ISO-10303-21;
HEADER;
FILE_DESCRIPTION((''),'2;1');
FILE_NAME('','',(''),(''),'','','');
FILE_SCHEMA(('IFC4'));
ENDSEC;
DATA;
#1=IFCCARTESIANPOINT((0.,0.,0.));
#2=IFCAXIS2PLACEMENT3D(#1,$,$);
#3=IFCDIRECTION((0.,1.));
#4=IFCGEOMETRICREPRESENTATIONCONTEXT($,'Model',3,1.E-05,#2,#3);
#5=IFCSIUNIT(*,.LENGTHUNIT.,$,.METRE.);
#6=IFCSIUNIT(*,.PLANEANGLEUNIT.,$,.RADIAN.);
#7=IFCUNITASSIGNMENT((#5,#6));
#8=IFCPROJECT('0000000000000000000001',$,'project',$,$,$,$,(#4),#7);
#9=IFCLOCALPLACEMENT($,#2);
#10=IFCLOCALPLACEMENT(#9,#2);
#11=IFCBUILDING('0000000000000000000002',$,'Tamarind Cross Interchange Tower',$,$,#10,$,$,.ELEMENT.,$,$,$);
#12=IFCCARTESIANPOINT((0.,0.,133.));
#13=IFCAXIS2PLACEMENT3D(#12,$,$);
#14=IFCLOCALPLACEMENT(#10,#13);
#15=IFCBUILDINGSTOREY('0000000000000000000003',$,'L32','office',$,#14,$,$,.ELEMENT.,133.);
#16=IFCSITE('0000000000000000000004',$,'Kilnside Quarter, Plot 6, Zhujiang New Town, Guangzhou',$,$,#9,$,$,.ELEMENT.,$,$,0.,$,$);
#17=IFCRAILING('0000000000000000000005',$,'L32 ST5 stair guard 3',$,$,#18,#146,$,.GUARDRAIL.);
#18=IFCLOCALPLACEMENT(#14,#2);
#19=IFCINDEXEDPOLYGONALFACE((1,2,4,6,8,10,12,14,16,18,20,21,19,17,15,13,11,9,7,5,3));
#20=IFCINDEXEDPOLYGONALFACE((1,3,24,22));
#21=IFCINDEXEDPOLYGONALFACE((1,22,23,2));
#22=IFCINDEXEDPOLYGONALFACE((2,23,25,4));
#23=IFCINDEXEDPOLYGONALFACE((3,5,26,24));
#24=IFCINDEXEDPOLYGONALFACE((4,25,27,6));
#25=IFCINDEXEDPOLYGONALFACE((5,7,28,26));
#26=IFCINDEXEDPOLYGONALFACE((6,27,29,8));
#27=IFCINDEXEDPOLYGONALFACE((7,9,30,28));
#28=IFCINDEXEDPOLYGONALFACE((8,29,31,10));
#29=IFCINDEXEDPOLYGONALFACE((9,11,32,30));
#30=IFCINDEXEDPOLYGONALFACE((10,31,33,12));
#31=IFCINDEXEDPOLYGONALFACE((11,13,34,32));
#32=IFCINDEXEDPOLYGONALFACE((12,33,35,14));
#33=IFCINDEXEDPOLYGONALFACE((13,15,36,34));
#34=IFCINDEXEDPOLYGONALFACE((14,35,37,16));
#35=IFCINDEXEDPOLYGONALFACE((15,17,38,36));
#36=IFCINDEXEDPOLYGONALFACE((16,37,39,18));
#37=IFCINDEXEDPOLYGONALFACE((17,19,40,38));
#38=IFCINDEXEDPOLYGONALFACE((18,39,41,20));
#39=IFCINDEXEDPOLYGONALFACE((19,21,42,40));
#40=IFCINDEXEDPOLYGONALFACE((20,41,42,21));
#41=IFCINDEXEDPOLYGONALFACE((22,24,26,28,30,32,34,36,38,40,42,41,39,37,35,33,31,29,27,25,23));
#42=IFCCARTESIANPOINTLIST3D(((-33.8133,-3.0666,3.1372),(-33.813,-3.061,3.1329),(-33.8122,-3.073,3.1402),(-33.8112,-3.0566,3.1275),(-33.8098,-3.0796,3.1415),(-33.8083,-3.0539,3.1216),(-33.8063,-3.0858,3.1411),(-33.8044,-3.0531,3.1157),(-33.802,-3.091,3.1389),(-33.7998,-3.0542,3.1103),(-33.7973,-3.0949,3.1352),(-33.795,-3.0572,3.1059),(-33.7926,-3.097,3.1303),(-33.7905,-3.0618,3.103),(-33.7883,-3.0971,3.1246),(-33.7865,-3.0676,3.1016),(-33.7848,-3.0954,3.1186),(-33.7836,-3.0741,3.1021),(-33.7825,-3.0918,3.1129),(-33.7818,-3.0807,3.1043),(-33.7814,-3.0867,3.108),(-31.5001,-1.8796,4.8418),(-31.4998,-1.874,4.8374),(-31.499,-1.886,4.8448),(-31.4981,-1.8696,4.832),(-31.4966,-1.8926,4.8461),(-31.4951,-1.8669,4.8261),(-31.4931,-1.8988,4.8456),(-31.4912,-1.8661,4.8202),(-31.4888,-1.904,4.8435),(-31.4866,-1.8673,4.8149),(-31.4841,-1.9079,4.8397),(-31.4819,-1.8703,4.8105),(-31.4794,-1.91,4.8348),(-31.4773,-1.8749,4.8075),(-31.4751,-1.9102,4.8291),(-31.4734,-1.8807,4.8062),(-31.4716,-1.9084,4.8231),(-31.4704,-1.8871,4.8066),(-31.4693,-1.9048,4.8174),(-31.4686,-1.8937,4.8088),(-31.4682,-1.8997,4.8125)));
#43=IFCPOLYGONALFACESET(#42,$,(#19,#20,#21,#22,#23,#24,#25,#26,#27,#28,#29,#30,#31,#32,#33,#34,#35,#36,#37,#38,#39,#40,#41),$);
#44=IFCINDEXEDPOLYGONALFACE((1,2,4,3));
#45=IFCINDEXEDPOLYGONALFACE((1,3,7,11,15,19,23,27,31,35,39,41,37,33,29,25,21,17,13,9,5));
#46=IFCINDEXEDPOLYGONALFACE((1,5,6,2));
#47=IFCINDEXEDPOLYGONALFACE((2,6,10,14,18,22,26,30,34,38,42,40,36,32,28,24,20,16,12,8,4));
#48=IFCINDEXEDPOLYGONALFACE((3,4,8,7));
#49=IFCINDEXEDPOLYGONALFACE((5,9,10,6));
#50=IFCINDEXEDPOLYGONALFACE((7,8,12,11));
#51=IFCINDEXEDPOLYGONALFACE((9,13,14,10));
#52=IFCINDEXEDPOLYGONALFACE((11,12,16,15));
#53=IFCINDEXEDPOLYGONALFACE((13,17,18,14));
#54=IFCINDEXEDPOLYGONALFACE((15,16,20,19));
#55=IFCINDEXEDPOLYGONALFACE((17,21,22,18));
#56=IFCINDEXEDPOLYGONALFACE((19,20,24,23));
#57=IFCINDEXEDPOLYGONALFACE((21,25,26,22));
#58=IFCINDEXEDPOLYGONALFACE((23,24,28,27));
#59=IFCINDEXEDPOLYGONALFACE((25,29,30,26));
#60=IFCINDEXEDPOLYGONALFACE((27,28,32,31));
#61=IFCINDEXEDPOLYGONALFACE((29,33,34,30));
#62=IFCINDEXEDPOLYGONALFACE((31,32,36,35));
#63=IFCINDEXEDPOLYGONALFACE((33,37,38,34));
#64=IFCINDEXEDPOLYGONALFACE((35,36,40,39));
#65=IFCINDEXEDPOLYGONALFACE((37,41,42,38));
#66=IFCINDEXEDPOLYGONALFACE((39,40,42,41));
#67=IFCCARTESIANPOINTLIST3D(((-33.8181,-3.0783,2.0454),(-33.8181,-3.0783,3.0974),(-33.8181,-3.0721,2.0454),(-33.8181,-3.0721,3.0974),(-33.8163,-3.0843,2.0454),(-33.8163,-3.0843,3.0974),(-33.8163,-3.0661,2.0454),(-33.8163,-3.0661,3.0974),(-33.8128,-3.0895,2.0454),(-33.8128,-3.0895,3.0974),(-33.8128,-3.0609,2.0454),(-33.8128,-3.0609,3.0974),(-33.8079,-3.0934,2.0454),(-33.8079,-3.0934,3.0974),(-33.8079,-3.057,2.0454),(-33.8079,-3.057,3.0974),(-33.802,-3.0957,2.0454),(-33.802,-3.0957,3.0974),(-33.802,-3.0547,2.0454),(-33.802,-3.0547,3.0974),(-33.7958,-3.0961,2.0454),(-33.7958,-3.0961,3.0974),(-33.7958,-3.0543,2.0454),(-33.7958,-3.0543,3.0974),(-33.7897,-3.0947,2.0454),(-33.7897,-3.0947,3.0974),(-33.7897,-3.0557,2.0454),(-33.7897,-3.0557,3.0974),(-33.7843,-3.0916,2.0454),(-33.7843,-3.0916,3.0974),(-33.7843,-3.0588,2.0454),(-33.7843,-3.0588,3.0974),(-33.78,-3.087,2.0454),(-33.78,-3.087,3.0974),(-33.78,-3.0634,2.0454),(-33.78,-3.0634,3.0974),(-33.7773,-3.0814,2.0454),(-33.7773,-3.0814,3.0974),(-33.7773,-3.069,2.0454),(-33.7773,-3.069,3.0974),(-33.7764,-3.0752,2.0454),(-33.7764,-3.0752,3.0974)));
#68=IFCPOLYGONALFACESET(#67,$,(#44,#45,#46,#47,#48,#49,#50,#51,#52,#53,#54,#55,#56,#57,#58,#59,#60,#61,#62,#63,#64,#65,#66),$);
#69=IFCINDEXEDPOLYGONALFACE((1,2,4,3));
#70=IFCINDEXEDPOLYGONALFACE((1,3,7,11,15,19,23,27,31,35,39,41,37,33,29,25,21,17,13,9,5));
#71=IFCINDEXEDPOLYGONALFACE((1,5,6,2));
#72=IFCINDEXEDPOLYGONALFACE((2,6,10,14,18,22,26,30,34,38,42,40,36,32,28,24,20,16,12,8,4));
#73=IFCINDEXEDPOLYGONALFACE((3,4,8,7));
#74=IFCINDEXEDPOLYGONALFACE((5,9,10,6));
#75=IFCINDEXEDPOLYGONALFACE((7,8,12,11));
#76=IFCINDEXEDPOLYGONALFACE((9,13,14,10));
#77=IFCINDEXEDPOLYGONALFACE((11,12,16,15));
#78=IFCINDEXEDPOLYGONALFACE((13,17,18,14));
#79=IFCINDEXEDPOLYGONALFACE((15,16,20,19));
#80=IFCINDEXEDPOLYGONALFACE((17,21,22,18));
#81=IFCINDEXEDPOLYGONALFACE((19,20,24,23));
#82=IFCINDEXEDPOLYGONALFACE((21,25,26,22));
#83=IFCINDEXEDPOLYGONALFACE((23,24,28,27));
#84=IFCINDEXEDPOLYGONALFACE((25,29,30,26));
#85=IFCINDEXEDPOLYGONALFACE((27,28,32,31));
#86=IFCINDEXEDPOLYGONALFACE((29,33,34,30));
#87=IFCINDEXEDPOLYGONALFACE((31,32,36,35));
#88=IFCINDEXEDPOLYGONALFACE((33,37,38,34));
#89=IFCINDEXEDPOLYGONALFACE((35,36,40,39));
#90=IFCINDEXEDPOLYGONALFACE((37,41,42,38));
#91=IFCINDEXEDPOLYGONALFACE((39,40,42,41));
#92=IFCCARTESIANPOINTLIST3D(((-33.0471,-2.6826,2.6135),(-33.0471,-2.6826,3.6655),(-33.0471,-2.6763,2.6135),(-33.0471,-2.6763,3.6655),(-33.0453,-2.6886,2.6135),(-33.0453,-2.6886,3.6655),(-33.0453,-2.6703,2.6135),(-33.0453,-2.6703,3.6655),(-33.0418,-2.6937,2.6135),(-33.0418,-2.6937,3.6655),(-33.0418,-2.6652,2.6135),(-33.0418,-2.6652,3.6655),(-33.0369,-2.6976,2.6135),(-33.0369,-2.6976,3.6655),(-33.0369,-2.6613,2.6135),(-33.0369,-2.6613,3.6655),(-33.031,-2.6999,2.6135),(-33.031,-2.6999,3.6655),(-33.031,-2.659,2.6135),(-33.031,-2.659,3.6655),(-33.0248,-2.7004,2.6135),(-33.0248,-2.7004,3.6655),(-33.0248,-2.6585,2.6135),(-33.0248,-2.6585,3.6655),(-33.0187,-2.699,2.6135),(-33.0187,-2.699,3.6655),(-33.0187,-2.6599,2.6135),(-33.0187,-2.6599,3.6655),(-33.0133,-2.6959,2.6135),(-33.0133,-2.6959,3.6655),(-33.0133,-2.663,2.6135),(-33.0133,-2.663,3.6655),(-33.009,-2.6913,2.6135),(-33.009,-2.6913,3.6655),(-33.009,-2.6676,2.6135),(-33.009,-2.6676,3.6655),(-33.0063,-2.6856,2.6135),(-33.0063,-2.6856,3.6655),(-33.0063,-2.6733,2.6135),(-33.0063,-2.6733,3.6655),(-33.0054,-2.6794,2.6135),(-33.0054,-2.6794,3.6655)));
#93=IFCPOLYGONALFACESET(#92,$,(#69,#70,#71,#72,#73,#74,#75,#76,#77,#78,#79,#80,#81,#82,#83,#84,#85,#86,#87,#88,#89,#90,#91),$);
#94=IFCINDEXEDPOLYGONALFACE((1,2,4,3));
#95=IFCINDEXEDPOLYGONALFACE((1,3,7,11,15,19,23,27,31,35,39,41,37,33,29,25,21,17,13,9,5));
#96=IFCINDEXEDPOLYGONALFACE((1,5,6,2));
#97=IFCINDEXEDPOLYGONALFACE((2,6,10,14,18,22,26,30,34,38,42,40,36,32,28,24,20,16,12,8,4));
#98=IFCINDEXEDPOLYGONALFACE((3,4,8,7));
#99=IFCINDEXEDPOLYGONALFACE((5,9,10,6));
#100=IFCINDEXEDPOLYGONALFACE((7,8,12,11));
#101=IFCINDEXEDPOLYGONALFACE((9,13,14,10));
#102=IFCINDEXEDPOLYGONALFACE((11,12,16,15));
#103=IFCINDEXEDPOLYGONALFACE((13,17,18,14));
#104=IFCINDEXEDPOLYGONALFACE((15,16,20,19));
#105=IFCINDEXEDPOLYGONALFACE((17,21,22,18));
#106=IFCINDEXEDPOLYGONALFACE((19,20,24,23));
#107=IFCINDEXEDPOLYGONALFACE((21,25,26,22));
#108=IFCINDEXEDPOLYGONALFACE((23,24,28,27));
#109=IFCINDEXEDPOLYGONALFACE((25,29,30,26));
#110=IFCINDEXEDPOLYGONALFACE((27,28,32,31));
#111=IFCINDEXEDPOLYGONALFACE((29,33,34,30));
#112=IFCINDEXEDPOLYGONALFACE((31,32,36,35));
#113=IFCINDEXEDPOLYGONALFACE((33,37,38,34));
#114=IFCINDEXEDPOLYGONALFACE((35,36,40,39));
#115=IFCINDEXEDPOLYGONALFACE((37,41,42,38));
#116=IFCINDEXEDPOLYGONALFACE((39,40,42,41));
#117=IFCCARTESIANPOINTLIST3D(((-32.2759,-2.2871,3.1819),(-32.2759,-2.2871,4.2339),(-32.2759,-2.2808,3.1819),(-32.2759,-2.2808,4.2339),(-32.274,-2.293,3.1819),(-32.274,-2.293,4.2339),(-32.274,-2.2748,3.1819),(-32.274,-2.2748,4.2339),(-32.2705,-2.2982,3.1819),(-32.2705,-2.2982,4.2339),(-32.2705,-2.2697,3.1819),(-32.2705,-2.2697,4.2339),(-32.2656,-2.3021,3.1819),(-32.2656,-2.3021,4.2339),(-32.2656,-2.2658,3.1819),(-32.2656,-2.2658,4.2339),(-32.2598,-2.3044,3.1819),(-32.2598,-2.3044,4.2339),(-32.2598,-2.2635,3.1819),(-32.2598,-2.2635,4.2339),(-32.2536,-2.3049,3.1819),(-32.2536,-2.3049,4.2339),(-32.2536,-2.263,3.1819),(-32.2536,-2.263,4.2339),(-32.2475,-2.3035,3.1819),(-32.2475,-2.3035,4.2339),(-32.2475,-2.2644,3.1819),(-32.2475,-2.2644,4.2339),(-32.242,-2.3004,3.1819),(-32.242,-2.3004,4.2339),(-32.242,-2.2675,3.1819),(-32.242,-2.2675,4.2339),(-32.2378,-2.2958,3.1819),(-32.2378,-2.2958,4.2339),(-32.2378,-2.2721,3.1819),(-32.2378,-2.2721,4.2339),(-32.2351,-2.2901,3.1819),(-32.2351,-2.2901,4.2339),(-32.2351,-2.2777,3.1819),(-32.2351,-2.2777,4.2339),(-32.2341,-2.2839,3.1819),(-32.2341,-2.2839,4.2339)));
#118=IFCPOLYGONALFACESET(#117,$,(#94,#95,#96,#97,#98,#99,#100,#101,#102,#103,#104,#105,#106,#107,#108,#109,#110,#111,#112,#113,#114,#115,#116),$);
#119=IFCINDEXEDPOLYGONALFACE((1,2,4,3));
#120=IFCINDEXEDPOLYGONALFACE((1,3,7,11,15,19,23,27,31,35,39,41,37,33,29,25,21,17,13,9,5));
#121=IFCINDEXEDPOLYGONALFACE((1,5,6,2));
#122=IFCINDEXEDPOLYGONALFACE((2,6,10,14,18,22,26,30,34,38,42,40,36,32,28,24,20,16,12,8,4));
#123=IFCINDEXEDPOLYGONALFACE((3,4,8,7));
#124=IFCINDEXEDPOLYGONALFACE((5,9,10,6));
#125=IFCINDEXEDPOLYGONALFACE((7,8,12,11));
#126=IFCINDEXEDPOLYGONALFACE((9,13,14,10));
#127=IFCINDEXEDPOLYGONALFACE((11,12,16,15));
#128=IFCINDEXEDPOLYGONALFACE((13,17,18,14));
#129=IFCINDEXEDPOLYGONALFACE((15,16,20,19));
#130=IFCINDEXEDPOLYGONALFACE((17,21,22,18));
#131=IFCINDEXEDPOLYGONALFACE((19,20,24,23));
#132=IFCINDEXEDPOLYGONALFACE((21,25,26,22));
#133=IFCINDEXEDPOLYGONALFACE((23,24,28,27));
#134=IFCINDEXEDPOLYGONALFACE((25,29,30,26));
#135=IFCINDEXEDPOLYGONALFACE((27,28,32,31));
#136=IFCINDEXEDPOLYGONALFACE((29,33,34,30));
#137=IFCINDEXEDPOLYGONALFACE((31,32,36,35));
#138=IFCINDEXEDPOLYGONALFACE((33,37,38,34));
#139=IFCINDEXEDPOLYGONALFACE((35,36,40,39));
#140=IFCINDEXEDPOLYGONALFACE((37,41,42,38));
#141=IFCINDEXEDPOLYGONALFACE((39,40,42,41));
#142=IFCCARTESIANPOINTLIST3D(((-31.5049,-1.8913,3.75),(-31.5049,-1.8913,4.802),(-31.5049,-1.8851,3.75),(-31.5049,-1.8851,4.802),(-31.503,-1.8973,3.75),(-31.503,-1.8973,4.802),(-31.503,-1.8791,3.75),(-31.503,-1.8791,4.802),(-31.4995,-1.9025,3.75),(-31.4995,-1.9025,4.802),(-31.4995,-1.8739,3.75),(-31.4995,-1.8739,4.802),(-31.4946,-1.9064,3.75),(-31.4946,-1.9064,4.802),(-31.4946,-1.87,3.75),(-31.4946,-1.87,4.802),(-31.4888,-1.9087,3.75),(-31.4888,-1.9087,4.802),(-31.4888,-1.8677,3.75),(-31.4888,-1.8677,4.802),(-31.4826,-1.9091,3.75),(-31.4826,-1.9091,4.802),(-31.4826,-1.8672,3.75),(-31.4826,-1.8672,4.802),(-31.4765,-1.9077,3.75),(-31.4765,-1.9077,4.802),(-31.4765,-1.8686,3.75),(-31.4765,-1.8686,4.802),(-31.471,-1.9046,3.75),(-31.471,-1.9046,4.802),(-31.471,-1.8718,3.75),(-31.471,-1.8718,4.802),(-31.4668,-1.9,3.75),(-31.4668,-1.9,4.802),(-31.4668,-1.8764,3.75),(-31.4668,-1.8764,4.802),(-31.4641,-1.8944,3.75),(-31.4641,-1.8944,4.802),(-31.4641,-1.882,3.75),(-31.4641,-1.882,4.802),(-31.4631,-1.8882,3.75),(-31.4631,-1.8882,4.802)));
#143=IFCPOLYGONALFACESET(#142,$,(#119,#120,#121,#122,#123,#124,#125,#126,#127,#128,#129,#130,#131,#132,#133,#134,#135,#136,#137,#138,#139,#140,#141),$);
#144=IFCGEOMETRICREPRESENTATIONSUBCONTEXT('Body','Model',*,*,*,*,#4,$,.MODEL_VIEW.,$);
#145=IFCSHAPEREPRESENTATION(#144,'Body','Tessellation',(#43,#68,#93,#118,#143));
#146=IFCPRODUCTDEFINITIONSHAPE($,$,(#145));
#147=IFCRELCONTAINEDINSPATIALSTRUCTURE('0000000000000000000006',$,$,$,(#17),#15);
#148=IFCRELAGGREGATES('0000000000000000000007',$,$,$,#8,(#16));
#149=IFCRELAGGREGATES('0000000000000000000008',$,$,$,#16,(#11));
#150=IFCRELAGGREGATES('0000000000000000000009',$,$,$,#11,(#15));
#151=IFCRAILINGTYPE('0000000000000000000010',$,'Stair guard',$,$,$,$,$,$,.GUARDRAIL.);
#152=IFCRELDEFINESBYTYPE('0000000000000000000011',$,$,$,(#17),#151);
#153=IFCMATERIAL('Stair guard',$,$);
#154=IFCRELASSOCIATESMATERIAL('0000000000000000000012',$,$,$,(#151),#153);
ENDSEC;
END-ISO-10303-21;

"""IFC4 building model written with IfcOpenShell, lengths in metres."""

from ifc_helpers import new_model, si_unit, direction, frame, origin, origin_2d, place, context, subcontext, project, spatial, circle, extrude, material, type_object, element, save


model = new_model("IFC4")

# Units and contexts
model_context = context("Model", 3, precision=1e-05, world=origin(), true_north=direction((0.0, 1.0)))
body_context = subcontext(model_context, "Body", "Model", "MODEL_VIEW")
ifc_project = project(units=[si_unit("LENGTHUNIT", "METRE"), si_unit("PLANEANGLEUNIT", "RADIAN")], contexts=[model_context])

# Site, building, storey
site_placement = place(None, origin())
site = spatial("IfcSite", under=ifc_project, at=site_placement, Name="Kilnside Quarter, Plot 6, Zhujiang New Town, Guangzhou", CompositionType="ELEMENT", RefElevation=0.0)
building_placement = place(site_placement, origin())
building = spatial("IfcBuilding", under=site, at=building_placement, Name="Tamarind Cross Interchange Tower", CompositionType="ELEMENT")
storey_placement = place(building_placement, frame((0.0, 0.0, 133.0)))
storey = spatial("IfcBuildingStorey", under=building, at=storey_placement, Name="L32", Description="office", CompositionType="ELEMENT", Elevation=133.0)

# Railing
ifc_material_1 = material(Name="Stair guard")
railing_type_1 = type_object("IfcRailingType", Name="Stair guard", PredefinedType="GUARDRAIL", material=ifc_material_1)
railing_1_placement = place(storey_placement, frame((-33.7974, -3.0752, 2.0454)))
element("IfcRailing", 1, at=railing_1_placement, inside=storey, type_object=railing_type_1, Name="L32 ST5 stair guard 3", PredefinedType="GUARDRAIL", context=body_context, shape_type="SweptSolid", body=[
    extrude(circle(Radius=0.0239, at=origin_2d()), frame((0.0, 0.0, 1.0762), z_axis=(0.744052, 0.381803, 0.548282), x_axis=(-0.456542, 0.889702, 0.0)), (0.0, 0.0, 1.0), 3.1089),
    extrude(circle(Radius=0.021, at=origin_2d()), origin(), (0.0, 0.0, 1.0), 1.052),
    extrude(circle(Radius=0.021, at=origin_2d()), frame((0.771, 0.3958, 0.5681)), (0.0, 0.0, 1.0), 1.052),
    extrude(circle(Radius=0.021, at=origin_2d()), frame((1.5422, 0.7913, 1.1365)), (0.0, 0.0, 1.0), 1.052),
    extrude(circle(Radius=0.021, at=origin_2d()), frame((2.3132, 1.187, 1.7046)), (0.0, 0.0, 1.0), 1.052),
])

save(model, "model.ifc")
